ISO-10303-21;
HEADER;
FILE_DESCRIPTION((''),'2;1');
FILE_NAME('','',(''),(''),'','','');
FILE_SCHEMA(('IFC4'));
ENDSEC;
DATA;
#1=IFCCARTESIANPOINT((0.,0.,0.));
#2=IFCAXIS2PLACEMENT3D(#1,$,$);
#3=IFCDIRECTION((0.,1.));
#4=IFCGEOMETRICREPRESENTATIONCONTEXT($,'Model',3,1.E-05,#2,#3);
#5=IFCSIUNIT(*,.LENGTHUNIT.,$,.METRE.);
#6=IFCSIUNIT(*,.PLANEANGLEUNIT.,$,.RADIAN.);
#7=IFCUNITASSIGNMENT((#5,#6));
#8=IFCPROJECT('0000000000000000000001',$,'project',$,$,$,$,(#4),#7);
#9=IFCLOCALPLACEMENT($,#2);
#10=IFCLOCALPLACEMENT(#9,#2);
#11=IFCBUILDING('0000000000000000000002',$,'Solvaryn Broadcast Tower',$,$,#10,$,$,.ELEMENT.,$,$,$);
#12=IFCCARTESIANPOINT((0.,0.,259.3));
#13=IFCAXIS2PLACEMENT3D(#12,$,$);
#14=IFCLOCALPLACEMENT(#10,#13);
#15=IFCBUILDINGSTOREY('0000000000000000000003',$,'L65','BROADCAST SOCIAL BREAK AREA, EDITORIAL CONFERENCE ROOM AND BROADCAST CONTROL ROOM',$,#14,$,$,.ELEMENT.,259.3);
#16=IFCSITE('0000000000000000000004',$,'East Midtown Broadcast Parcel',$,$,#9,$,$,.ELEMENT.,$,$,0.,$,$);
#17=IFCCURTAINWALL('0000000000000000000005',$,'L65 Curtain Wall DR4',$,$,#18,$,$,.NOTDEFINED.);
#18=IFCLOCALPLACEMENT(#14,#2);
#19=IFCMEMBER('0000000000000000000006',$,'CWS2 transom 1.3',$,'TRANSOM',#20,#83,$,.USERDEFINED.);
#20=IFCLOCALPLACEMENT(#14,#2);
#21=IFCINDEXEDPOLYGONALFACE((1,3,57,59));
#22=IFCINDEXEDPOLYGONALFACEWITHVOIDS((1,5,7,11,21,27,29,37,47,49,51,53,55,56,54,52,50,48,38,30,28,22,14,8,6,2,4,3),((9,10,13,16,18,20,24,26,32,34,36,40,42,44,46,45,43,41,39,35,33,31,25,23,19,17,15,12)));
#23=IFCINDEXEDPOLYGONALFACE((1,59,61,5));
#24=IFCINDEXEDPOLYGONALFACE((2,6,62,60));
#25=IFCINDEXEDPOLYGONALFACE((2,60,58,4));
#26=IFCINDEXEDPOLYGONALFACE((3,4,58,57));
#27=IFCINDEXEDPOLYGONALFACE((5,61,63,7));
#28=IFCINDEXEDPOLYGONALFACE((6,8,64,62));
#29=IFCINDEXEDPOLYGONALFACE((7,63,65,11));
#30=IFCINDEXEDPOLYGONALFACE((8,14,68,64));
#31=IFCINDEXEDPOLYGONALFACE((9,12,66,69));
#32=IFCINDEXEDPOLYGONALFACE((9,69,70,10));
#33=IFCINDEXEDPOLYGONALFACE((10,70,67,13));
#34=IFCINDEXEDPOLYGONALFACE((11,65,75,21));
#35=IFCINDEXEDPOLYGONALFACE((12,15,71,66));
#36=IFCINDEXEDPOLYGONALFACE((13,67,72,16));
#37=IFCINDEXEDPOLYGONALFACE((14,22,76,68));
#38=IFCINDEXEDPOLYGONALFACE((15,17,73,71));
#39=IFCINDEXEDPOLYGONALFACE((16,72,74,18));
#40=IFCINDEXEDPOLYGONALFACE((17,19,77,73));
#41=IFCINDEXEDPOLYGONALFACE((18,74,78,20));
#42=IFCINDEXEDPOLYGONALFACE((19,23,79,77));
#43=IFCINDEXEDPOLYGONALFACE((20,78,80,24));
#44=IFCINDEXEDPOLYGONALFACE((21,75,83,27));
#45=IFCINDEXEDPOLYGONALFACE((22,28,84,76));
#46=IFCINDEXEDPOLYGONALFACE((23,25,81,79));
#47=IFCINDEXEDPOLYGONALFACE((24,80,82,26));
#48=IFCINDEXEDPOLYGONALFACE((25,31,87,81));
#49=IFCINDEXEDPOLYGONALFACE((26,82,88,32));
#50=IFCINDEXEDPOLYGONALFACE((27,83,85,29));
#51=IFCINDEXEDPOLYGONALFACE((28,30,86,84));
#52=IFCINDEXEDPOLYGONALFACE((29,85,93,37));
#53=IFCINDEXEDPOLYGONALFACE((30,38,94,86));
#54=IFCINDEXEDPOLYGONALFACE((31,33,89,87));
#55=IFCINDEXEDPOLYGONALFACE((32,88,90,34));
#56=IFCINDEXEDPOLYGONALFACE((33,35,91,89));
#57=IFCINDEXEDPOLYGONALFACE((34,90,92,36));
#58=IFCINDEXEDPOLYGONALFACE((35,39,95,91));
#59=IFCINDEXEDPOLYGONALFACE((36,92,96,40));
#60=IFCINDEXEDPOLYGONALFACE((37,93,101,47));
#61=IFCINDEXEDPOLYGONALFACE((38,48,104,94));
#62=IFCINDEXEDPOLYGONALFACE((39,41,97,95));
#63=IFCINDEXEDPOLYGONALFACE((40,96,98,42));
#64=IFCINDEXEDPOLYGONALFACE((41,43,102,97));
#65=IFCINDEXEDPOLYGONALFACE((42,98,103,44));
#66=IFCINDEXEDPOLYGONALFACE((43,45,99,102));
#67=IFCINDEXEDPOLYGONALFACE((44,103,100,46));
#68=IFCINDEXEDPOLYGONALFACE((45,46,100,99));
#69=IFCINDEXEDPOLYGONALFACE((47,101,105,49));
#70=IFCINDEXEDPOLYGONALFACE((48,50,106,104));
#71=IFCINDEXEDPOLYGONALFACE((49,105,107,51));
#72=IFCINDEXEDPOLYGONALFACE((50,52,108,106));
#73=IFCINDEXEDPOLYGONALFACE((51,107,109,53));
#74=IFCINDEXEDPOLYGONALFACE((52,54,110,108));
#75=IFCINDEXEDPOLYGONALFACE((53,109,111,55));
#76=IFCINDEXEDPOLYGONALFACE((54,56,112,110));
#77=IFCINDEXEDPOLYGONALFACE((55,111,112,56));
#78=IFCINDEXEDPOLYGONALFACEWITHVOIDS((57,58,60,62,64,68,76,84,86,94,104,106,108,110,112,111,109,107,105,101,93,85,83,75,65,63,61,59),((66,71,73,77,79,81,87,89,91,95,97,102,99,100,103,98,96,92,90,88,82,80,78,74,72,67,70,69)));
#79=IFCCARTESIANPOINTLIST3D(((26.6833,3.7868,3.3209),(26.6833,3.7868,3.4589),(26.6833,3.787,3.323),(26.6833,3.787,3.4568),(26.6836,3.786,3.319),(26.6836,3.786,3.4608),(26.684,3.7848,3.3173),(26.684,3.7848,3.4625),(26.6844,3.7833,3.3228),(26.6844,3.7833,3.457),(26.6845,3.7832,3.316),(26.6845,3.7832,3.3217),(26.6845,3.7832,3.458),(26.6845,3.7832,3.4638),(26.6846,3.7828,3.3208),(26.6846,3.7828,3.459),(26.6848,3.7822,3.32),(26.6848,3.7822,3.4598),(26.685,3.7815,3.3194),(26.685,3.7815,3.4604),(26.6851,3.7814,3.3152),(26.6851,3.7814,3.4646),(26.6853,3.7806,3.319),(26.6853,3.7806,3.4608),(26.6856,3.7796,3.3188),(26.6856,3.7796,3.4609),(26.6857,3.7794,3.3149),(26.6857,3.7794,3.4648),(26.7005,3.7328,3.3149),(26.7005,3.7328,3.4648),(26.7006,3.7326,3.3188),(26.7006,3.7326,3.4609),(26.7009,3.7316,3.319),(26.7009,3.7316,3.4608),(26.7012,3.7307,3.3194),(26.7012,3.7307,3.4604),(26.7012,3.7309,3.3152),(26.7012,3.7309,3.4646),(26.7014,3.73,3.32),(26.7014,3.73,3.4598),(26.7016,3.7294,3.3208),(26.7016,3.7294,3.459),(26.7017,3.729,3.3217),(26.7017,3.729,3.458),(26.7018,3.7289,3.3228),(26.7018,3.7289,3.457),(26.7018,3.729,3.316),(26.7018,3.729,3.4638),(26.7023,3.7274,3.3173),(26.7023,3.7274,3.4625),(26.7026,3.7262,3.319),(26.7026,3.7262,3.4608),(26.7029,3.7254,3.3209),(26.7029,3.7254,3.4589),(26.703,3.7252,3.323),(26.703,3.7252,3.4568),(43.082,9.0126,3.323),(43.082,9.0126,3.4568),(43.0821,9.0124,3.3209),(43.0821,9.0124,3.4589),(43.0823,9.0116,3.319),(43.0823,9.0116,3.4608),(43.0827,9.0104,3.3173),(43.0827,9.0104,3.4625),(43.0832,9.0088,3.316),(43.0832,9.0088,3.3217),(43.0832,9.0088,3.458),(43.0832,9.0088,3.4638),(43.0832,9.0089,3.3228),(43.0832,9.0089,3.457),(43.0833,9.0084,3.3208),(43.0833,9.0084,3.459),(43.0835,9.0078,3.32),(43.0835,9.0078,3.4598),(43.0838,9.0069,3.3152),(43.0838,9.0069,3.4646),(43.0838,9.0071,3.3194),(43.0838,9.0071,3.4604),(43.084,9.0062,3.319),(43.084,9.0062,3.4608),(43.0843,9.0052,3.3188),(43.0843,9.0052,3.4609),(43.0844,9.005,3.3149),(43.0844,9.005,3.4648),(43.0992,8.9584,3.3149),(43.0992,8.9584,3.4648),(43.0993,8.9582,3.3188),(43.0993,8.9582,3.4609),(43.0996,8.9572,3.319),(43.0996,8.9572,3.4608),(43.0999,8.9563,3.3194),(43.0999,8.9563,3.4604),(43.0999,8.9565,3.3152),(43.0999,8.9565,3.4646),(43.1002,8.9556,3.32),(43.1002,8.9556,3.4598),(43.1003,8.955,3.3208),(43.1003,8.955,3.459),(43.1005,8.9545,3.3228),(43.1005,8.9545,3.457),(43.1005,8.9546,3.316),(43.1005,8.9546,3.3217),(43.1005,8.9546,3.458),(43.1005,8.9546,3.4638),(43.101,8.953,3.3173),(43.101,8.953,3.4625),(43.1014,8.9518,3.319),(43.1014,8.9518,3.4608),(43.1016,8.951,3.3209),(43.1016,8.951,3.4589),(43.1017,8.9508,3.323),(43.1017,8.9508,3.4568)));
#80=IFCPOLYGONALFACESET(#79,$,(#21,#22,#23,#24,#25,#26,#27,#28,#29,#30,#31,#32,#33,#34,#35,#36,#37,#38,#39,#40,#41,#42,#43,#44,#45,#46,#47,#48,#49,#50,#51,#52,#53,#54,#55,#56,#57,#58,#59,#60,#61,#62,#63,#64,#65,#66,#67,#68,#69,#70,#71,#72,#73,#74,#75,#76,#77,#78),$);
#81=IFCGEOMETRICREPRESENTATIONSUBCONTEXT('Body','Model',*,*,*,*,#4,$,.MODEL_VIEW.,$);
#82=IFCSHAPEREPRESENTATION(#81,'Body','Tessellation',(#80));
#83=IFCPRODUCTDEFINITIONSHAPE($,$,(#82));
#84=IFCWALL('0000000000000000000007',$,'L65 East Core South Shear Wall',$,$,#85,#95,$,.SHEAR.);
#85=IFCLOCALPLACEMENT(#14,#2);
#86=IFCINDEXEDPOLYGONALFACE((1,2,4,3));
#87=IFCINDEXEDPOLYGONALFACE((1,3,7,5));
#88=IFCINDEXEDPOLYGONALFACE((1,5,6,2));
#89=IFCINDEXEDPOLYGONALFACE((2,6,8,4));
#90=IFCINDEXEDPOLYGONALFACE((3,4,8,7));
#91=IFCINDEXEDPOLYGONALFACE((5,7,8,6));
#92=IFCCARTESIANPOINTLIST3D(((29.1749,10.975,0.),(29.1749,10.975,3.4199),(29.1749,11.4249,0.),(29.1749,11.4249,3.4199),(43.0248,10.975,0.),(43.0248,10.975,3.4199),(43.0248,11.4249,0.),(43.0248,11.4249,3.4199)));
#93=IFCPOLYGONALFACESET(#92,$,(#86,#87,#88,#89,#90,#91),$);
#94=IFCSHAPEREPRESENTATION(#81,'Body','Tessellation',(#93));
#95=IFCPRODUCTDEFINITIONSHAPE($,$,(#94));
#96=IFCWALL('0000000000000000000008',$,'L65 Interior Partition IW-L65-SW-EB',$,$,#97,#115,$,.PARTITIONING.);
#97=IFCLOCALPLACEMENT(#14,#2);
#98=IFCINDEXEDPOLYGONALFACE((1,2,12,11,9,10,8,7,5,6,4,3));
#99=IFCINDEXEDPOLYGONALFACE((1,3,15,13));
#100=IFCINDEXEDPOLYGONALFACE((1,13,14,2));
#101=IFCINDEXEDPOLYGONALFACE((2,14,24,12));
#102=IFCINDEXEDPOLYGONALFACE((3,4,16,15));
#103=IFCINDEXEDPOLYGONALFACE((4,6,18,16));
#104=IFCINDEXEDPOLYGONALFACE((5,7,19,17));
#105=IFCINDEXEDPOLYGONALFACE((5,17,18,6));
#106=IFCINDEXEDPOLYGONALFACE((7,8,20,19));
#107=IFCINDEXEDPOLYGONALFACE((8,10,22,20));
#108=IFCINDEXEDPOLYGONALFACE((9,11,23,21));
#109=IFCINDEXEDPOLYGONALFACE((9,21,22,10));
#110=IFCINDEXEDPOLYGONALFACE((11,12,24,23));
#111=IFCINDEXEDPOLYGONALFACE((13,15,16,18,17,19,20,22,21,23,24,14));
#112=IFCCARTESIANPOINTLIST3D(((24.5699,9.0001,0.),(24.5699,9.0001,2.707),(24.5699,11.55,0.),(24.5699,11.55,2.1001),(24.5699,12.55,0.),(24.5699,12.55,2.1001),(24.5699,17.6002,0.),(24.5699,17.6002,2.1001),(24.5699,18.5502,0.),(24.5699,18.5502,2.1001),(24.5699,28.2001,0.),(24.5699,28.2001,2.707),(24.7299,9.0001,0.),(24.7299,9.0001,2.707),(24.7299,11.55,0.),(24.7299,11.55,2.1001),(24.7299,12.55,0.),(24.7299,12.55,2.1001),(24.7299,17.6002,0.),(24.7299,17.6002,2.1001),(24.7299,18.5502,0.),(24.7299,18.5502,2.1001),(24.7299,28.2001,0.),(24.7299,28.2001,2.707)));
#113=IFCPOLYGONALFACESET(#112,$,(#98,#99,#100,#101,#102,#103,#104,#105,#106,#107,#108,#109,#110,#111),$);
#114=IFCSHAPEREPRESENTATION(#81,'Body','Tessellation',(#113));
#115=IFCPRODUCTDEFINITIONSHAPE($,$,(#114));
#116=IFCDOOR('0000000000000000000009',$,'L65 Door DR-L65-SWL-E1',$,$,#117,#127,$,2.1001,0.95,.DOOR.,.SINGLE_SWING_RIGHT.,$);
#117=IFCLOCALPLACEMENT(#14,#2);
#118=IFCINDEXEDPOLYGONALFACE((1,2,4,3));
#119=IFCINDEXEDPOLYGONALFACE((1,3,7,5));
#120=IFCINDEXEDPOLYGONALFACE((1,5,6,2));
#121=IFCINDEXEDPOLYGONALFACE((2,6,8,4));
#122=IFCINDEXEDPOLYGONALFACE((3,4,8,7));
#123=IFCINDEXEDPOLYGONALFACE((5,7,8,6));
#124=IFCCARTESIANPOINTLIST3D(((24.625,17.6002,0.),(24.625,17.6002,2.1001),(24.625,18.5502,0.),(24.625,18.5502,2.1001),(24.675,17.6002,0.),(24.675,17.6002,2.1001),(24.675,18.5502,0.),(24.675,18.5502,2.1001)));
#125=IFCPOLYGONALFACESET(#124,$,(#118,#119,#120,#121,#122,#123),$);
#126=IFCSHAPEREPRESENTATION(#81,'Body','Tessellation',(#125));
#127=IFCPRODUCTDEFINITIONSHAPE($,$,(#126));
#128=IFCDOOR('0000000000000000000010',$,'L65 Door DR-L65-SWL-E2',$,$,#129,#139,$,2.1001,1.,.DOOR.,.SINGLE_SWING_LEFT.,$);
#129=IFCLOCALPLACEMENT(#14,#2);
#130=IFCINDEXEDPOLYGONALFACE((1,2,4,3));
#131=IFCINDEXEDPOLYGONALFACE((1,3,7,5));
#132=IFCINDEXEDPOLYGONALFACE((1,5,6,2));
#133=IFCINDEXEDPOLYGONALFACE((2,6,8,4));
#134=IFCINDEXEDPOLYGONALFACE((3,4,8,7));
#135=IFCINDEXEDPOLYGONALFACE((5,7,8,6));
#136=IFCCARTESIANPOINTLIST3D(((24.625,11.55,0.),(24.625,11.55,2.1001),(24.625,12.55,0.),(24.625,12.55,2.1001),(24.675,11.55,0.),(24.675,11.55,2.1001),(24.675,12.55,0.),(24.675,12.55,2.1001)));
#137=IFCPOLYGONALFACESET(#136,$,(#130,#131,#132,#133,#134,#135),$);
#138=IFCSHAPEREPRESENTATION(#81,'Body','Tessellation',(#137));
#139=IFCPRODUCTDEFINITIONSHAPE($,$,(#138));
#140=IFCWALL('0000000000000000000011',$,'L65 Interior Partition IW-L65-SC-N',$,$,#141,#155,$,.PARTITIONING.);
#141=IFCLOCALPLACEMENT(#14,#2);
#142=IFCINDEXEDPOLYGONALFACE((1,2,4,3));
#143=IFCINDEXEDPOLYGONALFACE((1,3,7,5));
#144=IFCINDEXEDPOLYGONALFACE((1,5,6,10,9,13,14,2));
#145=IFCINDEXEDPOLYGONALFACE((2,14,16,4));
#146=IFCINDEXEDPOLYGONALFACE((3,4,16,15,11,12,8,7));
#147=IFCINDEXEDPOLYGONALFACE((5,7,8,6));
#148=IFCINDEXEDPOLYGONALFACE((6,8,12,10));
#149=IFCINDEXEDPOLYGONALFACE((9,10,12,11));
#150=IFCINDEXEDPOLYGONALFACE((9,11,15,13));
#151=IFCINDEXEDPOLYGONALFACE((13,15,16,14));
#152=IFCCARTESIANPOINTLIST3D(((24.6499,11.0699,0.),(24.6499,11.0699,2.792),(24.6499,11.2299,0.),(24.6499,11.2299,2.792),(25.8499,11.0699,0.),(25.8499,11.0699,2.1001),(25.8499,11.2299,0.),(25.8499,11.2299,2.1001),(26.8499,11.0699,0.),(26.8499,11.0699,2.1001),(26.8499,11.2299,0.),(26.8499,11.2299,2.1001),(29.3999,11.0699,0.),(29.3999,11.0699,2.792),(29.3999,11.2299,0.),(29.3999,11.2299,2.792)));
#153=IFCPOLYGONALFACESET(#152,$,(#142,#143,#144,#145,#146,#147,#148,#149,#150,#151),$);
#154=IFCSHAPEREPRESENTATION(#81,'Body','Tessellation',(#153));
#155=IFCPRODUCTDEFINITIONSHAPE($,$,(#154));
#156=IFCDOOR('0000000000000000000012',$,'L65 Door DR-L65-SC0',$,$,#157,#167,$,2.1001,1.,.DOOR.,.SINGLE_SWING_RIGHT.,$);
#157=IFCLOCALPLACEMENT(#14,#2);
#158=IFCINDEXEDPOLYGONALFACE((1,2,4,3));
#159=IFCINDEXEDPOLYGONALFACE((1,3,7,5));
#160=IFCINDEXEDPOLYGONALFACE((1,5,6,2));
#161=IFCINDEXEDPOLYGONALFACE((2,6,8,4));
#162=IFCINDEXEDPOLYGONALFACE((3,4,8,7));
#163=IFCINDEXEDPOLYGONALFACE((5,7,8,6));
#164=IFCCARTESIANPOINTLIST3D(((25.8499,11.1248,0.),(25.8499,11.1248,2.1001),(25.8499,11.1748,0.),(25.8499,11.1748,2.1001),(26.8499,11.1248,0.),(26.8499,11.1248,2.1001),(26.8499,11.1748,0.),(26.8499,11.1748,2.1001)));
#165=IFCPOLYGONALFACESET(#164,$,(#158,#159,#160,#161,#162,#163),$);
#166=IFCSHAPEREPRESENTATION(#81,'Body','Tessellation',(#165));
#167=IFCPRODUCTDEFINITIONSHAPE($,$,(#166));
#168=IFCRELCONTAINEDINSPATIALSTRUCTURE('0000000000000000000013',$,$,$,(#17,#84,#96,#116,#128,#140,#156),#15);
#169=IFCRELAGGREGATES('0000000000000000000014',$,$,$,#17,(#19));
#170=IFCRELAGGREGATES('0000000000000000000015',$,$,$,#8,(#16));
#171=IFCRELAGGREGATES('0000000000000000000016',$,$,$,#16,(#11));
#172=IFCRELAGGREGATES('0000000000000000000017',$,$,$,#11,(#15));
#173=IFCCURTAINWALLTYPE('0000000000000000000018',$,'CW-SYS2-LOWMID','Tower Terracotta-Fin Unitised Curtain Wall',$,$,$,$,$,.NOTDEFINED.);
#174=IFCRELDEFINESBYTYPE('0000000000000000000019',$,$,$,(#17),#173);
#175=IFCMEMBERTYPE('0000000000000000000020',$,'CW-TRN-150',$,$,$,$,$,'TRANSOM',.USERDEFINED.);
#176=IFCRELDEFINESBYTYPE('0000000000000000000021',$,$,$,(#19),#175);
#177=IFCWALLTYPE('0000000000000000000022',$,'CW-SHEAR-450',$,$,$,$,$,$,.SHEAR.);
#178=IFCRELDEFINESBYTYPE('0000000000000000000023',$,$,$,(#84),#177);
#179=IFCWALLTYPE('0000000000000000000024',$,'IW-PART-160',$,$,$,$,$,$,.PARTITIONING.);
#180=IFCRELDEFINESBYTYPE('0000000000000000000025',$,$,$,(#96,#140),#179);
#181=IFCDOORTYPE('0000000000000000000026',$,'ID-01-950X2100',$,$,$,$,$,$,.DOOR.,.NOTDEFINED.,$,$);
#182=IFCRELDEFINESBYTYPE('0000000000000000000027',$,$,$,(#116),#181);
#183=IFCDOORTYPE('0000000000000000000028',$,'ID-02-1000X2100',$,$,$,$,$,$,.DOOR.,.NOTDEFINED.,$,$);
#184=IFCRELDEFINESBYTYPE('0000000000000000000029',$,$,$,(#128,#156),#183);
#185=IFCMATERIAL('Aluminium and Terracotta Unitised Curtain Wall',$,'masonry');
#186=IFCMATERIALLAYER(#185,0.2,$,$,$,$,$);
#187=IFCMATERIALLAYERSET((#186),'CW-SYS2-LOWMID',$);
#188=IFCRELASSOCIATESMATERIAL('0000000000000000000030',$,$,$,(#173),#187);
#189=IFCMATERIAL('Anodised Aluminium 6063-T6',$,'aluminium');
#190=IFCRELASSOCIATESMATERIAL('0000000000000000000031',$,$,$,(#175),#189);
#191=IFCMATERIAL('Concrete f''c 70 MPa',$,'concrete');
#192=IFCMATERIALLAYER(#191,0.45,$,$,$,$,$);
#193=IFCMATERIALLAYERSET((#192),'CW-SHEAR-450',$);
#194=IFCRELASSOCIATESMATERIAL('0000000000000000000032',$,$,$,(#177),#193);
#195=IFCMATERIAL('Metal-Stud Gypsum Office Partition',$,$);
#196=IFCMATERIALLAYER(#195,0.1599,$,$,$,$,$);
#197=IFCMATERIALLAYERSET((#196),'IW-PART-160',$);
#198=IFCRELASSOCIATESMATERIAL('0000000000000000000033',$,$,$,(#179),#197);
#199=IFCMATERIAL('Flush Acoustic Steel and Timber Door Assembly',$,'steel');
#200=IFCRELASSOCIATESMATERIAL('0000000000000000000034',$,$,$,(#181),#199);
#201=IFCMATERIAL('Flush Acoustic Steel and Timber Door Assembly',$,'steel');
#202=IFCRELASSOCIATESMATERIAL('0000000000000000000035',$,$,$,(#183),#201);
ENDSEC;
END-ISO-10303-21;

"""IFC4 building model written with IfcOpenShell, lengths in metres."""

from ifc_helpers import new_model, si_unit, direction, frame, frame_2d, origin, origin_2d, place, context, subcontext, project, spatial, rectangle, hollow_rectangle, extrude, material, layer, layer_set, material_profile, profile_set, type_object, element, fill, aggregate, save


model = new_model("IFC4")

# Units and contexts
model_context = context("Model", 3, precision=1e-05, world=origin(), true_north=direction((0.0, 1.0)))
body_context = subcontext(model_context, "Body", "Model", "MODEL_VIEW")
ifc_project = project(units=[si_unit("LENGTHUNIT", "METRE"), si_unit("PLANEANGLEUNIT", "RADIAN")], contexts=[model_context])

# Site, building, storey
site_placement = place(None, origin())
site = spatial("IfcSite", under=ifc_project, at=site_placement, Name="East Midtown Broadcast Parcel", CompositionType="ELEMENT", RefElevation=0.0)
building_placement = place(site_placement, origin())
building = spatial("IfcBuilding", under=site, at=building_placement, Name="Solvaryn Broadcast Tower", CompositionType="ELEMENT")
storey_placement = place(building_placement, frame((0.0, 0.0, 259.3)))
storey = spatial("IfcBuildingStorey", under=building, at=storey_placement, Name="L65", Description="BROADCAST SOCIAL BREAK AREA, EDITORIAL CONFERENCE ROOM AND BROADCAST CONTROL ROOM", CompositionType="ELEMENT", Elevation=259.3)

# Shared definitions
ifc_material_1 = material(Name="Aluminium and Terracotta Unitised Curtain Wall", Category="masonry")
ifc_layer_1 = layer(ifc_material_1, 0.2)
ifc_layer_set_1 = layer_set([ifc_layer_1], Name="CW-SYS2-LOWMID")
curtain_wall_type = type_object("IfcCurtainWallType", Name="CW-SYS2-LOWMID", Description="Tower Terracotta-Fin Unitised Curtain Wall", PredefinedType="NOTDEFINED", material=ifc_layer_set_1)

# Curtain wall, member
curtain_wall_1_placement = place(storey_placement, origin())
curtain_wall_1 = element("IfcCurtainWall", 1, at=curtain_wall_1_placement, inside=storey, type_object=curtain_wall_type, Name="L65 Curtain Wall DR4", PredefinedType="NOTDEFINED")
ifc_material_2 = material(Name="Anodised Aluminium 6063-T6", Category="aluminium")
ifc_material_profile_1 = material_profile(ifc_material_2, hollow_rectangle(XDim=0.0649, YDim=0.1499, WallThickness=0.0039, InnerFilletRadius=0.0039, OuterFilletRadius=0.0081, at=origin_2d()))
ifc_profile_set_1 = profile_set([ifc_material_profile_1], Name="Anodised Aluminium 6063-T6")
member_type_1 = type_object("IfcMemberType", Name="CW-TRN-150", ElementType="TRANSOM", PredefinedType="USERDEFINED", material=ifc_profile_set_1)
member_1_placement = place(storey_placement, frame((26.6931, 3.7561, 3.3899), z_axis=(0.952794, 0.303616, 0.0), x_axis=(-0.303616, 0.952794, 0.0)))
member_1 = element("IfcMember", 2, at=member_1_placement, type_object=member_type_1, Name="CWS2 transom 1.3", ObjectType="TRANSOM", PredefinedType="USERDEFINED", context=body_context, shape_type="SweptSolid", body=[
    extrude(hollow_rectangle(XDim=0.0649, YDim=0.1499, WallThickness=0.0039, InnerFilletRadius=0.0039, OuterFilletRadius=0.0081, at=origin_2d()), origin(), (0.0, 0.0, 1.0), 17.2112),
])
aggregate(curtain_wall_1, [member_1])

# Wall
ifc_material_3 = material(Name="Concrete f'c 70 MPa", Category="concrete")
ifc_layer_2 = layer(ifc_material_3, 0.45)
ifc_layer_set_2 = layer_set([ifc_layer_2], Name="CW-SHEAR-450")
wall_type_1 = type_object("IfcWallType", Name="CW-SHEAR-450", PredefinedType="SHEAR", material=ifc_layer_set_2)
wall_1_placement = place(storey_placement, frame((29.175, 11.2, 0.0), z_axis=(0.0, 0.0, 1.0), x_axis=(1.0, 0.0, 0.0)))
element("IfcWall", 3, at=wall_1_placement, inside=storey, type_object=wall_type_1, Name="L65 East Core South Shear Wall", PredefinedType="SHEAR", context=body_context, shape_type="SweptSolid", body=[
    extrude(rectangle(XDim=13.8499, YDim=0.45, at=frame_2d((6.9248, 0.0))), origin(), (0.0, 0.0, 1.0), 3.4199),
])

# Wall, openings, doors
ifc_material_4 = material(Name="Metal-Stud Gypsum Office Partition")
ifc_layer_3 = layer(ifc_material_4, 0.1599)
ifc_layer_set_3 = layer_set([ifc_layer_3], Name="IW-PART-160")
wall_type_2 = type_object("IfcWallType", Name="IW-PART-160", PredefinedType="PARTITIONING", material=ifc_layer_set_3)
wall_2_placement = place(storey_placement, frame((24.6499, 9.0, 0.0), z_axis=(0.0, 0.0, 1.0), x_axis=(0.0, 1.0, 0.0)))
wall_2 = element("IfcWall", 4, at=wall_2_placement, inside=storey, type_object=wall_type_2, Name="L65 Interior Partition IW-L65-SW-EB", PredefinedType="PARTITIONING", context=body_context, shape_type="SweptSolid", body=[
    extrude(rectangle(XDim=19.2, YDim=0.1599, at=frame_2d((9.6001, 0.0))), origin(), (0.0, 0.0, 1.0), 2.707),
])
opening_1_placement = place(wall_2_placement, frame((8.6001, 0.0, 0.0)))
opening_1 = element("IfcOpeningElement", 5, at=opening_1_placement, cuts=wall_2, PredefinedType="OPENING", context=body_context, shape_type="SweptSolid", body=[
    extrude(rectangle(XDim=0.95, YDim=2.1001, at=frame_2d((0.4751, 1.05))), frame((0.0, 0.0901, 0.0), z_axis=(0.0, -1.0, 0.0), x_axis=(1.0, 0.0, 0.0)), (0.0, 0.0, 1.0), 0.1799),
])
opening_2_placement = place(wall_2_placement, frame((2.55, 0.0, 0.0)))
opening_2 = element("IfcOpeningElement", 6, at=opening_2_placement, cuts=wall_2, PredefinedType="OPENING", context=body_context, shape_type="SweptSolid", body=[
    extrude(rectangle(XDim=1.0, YDim=2.1001, at=frame_2d((0.5, 1.05))), frame((0.0, 0.0901, 0.0), z_axis=(0.0, -1.0, 0.0), x_axis=(1.0, 0.0, 0.0)), (0.0, 0.0, 1.0), 0.1799),
])
ifc_material_5 = material(Name="Flush Acoustic Steel and Timber Door Assembly", Category="steel")
door_type_1 = type_object("IfcDoorType", Name="ID-01-950X2100", OperationType="NOTDEFINED", PredefinedType="DOOR", material=ifc_material_5)
door_1_placement = place(opening_1_placement, origin())
door_1 = element("IfcDoor", 7, at=door_1_placement, inside=storey, type_object=door_type_1, Name="L65 Door DR-L65-SWL-E1", OperationType="SINGLE_SWING_RIGHT", OverallHeight=2.1001, OverallWidth=0.95, PredefinedType="DOOR", context=body_context, shape_type="SweptSolid", body=[
    extrude(rectangle(XDim=0.95, YDim=2.1001, at=frame_2d((0.4751, 1.05))), frame((0.0, 0.0249, 0.0), z_axis=(0.0, -1.0, 0.0), x_axis=(1.0, 0.0, 0.0)), (0.0, 0.0, 1.0), 0.05),
])
fill(opening_1, door_1)
ifc_material_6 = material(Name="Flush Acoustic Steel and Timber Door Assembly", Category="steel")
door_type_2 = type_object("IfcDoorType", Name="ID-02-1000X2100", OperationType="NOTDEFINED", PredefinedType="DOOR", material=ifc_material_6)
door_2_placement = place(opening_2_placement, origin())
door_2 = element("IfcDoor", 8, at=door_2_placement, inside=storey, type_object=door_type_2, Name="L65 Door DR-L65-SWL-E2", OperationType="SINGLE_SWING_LEFT", OverallHeight=2.1001, OverallWidth=1.0, PredefinedType="DOOR", context=body_context, shape_type="SweptSolid", body=[
    extrude(rectangle(XDim=1.0, YDim=2.1001, at=frame_2d((0.5, 1.05))), frame((0.0, 0.0249, 0.0), z_axis=(0.0, -1.0, 0.0), x_axis=(1.0, 0.0, 0.0)), (0.0, 0.0, 1.0), 0.05),
])
fill(opening_2, door_2)

# Wall, opening, door
wall_3_placement = place(storey_placement, frame((24.6499, 11.1499, 0.0), z_axis=(0.0, 0.0, 1.0), x_axis=(1.0, 0.0, 0.0)))
wall_3 = element("IfcWall", 9, at=wall_3_placement, inside=storey, type_object=wall_type_2, Name="L65 Interior Partition IW-L65-SC-N", PredefinedType="PARTITIONING", context=body_context, shape_type="SweptSolid", body=[
    extrude(rectangle(XDim=4.75, YDim=0.1599, at=frame_2d((2.375, 0.0))), origin(), (0.0, 0.0, 1.0), 2.792),
])
opening_3_placement = place(wall_3_placement, frame((1.2, 0.0, 0.0)))
opening_3 = element("IfcOpeningElement", 10, at=opening_3_placement, cuts=wall_3, PredefinedType="OPENING", context=body_context, shape_type="SweptSolid", body=[
    extrude(rectangle(XDim=1.0, YDim=2.1001, at=frame_2d((0.5, 1.05))), frame((0.0, 0.0901, 0.0), z_axis=(0.0, -1.0, 0.0), x_axis=(1.0, 0.0, 0.0)), (0.0, 0.0, 1.0), 0.1799),
])
door_3_placement = place(opening_3_placement, origin())
door_3 = element("IfcDoor", 11, at=door_3_placement, inside=storey, type_object=door_type_2, Name="L65 Door DR-L65-SC0", OperationType="SINGLE_SWING_RIGHT", OverallHeight=2.1001, OverallWidth=1.0, PredefinedType="DOOR", context=body_context, shape_type="SweptSolid", body=[
    extrude(rectangle(XDim=1.0, YDim=2.1001, at=frame_2d((0.5, 1.05))), frame((0.0, 0.0249, 0.0), z_axis=(0.0, -1.0, 0.0), x_axis=(1.0, 0.0, 0.0)), (0.0, 0.0, 1.0), 0.05),
])
fill(opening_3, door_3)

save(model, "model.ifc")
